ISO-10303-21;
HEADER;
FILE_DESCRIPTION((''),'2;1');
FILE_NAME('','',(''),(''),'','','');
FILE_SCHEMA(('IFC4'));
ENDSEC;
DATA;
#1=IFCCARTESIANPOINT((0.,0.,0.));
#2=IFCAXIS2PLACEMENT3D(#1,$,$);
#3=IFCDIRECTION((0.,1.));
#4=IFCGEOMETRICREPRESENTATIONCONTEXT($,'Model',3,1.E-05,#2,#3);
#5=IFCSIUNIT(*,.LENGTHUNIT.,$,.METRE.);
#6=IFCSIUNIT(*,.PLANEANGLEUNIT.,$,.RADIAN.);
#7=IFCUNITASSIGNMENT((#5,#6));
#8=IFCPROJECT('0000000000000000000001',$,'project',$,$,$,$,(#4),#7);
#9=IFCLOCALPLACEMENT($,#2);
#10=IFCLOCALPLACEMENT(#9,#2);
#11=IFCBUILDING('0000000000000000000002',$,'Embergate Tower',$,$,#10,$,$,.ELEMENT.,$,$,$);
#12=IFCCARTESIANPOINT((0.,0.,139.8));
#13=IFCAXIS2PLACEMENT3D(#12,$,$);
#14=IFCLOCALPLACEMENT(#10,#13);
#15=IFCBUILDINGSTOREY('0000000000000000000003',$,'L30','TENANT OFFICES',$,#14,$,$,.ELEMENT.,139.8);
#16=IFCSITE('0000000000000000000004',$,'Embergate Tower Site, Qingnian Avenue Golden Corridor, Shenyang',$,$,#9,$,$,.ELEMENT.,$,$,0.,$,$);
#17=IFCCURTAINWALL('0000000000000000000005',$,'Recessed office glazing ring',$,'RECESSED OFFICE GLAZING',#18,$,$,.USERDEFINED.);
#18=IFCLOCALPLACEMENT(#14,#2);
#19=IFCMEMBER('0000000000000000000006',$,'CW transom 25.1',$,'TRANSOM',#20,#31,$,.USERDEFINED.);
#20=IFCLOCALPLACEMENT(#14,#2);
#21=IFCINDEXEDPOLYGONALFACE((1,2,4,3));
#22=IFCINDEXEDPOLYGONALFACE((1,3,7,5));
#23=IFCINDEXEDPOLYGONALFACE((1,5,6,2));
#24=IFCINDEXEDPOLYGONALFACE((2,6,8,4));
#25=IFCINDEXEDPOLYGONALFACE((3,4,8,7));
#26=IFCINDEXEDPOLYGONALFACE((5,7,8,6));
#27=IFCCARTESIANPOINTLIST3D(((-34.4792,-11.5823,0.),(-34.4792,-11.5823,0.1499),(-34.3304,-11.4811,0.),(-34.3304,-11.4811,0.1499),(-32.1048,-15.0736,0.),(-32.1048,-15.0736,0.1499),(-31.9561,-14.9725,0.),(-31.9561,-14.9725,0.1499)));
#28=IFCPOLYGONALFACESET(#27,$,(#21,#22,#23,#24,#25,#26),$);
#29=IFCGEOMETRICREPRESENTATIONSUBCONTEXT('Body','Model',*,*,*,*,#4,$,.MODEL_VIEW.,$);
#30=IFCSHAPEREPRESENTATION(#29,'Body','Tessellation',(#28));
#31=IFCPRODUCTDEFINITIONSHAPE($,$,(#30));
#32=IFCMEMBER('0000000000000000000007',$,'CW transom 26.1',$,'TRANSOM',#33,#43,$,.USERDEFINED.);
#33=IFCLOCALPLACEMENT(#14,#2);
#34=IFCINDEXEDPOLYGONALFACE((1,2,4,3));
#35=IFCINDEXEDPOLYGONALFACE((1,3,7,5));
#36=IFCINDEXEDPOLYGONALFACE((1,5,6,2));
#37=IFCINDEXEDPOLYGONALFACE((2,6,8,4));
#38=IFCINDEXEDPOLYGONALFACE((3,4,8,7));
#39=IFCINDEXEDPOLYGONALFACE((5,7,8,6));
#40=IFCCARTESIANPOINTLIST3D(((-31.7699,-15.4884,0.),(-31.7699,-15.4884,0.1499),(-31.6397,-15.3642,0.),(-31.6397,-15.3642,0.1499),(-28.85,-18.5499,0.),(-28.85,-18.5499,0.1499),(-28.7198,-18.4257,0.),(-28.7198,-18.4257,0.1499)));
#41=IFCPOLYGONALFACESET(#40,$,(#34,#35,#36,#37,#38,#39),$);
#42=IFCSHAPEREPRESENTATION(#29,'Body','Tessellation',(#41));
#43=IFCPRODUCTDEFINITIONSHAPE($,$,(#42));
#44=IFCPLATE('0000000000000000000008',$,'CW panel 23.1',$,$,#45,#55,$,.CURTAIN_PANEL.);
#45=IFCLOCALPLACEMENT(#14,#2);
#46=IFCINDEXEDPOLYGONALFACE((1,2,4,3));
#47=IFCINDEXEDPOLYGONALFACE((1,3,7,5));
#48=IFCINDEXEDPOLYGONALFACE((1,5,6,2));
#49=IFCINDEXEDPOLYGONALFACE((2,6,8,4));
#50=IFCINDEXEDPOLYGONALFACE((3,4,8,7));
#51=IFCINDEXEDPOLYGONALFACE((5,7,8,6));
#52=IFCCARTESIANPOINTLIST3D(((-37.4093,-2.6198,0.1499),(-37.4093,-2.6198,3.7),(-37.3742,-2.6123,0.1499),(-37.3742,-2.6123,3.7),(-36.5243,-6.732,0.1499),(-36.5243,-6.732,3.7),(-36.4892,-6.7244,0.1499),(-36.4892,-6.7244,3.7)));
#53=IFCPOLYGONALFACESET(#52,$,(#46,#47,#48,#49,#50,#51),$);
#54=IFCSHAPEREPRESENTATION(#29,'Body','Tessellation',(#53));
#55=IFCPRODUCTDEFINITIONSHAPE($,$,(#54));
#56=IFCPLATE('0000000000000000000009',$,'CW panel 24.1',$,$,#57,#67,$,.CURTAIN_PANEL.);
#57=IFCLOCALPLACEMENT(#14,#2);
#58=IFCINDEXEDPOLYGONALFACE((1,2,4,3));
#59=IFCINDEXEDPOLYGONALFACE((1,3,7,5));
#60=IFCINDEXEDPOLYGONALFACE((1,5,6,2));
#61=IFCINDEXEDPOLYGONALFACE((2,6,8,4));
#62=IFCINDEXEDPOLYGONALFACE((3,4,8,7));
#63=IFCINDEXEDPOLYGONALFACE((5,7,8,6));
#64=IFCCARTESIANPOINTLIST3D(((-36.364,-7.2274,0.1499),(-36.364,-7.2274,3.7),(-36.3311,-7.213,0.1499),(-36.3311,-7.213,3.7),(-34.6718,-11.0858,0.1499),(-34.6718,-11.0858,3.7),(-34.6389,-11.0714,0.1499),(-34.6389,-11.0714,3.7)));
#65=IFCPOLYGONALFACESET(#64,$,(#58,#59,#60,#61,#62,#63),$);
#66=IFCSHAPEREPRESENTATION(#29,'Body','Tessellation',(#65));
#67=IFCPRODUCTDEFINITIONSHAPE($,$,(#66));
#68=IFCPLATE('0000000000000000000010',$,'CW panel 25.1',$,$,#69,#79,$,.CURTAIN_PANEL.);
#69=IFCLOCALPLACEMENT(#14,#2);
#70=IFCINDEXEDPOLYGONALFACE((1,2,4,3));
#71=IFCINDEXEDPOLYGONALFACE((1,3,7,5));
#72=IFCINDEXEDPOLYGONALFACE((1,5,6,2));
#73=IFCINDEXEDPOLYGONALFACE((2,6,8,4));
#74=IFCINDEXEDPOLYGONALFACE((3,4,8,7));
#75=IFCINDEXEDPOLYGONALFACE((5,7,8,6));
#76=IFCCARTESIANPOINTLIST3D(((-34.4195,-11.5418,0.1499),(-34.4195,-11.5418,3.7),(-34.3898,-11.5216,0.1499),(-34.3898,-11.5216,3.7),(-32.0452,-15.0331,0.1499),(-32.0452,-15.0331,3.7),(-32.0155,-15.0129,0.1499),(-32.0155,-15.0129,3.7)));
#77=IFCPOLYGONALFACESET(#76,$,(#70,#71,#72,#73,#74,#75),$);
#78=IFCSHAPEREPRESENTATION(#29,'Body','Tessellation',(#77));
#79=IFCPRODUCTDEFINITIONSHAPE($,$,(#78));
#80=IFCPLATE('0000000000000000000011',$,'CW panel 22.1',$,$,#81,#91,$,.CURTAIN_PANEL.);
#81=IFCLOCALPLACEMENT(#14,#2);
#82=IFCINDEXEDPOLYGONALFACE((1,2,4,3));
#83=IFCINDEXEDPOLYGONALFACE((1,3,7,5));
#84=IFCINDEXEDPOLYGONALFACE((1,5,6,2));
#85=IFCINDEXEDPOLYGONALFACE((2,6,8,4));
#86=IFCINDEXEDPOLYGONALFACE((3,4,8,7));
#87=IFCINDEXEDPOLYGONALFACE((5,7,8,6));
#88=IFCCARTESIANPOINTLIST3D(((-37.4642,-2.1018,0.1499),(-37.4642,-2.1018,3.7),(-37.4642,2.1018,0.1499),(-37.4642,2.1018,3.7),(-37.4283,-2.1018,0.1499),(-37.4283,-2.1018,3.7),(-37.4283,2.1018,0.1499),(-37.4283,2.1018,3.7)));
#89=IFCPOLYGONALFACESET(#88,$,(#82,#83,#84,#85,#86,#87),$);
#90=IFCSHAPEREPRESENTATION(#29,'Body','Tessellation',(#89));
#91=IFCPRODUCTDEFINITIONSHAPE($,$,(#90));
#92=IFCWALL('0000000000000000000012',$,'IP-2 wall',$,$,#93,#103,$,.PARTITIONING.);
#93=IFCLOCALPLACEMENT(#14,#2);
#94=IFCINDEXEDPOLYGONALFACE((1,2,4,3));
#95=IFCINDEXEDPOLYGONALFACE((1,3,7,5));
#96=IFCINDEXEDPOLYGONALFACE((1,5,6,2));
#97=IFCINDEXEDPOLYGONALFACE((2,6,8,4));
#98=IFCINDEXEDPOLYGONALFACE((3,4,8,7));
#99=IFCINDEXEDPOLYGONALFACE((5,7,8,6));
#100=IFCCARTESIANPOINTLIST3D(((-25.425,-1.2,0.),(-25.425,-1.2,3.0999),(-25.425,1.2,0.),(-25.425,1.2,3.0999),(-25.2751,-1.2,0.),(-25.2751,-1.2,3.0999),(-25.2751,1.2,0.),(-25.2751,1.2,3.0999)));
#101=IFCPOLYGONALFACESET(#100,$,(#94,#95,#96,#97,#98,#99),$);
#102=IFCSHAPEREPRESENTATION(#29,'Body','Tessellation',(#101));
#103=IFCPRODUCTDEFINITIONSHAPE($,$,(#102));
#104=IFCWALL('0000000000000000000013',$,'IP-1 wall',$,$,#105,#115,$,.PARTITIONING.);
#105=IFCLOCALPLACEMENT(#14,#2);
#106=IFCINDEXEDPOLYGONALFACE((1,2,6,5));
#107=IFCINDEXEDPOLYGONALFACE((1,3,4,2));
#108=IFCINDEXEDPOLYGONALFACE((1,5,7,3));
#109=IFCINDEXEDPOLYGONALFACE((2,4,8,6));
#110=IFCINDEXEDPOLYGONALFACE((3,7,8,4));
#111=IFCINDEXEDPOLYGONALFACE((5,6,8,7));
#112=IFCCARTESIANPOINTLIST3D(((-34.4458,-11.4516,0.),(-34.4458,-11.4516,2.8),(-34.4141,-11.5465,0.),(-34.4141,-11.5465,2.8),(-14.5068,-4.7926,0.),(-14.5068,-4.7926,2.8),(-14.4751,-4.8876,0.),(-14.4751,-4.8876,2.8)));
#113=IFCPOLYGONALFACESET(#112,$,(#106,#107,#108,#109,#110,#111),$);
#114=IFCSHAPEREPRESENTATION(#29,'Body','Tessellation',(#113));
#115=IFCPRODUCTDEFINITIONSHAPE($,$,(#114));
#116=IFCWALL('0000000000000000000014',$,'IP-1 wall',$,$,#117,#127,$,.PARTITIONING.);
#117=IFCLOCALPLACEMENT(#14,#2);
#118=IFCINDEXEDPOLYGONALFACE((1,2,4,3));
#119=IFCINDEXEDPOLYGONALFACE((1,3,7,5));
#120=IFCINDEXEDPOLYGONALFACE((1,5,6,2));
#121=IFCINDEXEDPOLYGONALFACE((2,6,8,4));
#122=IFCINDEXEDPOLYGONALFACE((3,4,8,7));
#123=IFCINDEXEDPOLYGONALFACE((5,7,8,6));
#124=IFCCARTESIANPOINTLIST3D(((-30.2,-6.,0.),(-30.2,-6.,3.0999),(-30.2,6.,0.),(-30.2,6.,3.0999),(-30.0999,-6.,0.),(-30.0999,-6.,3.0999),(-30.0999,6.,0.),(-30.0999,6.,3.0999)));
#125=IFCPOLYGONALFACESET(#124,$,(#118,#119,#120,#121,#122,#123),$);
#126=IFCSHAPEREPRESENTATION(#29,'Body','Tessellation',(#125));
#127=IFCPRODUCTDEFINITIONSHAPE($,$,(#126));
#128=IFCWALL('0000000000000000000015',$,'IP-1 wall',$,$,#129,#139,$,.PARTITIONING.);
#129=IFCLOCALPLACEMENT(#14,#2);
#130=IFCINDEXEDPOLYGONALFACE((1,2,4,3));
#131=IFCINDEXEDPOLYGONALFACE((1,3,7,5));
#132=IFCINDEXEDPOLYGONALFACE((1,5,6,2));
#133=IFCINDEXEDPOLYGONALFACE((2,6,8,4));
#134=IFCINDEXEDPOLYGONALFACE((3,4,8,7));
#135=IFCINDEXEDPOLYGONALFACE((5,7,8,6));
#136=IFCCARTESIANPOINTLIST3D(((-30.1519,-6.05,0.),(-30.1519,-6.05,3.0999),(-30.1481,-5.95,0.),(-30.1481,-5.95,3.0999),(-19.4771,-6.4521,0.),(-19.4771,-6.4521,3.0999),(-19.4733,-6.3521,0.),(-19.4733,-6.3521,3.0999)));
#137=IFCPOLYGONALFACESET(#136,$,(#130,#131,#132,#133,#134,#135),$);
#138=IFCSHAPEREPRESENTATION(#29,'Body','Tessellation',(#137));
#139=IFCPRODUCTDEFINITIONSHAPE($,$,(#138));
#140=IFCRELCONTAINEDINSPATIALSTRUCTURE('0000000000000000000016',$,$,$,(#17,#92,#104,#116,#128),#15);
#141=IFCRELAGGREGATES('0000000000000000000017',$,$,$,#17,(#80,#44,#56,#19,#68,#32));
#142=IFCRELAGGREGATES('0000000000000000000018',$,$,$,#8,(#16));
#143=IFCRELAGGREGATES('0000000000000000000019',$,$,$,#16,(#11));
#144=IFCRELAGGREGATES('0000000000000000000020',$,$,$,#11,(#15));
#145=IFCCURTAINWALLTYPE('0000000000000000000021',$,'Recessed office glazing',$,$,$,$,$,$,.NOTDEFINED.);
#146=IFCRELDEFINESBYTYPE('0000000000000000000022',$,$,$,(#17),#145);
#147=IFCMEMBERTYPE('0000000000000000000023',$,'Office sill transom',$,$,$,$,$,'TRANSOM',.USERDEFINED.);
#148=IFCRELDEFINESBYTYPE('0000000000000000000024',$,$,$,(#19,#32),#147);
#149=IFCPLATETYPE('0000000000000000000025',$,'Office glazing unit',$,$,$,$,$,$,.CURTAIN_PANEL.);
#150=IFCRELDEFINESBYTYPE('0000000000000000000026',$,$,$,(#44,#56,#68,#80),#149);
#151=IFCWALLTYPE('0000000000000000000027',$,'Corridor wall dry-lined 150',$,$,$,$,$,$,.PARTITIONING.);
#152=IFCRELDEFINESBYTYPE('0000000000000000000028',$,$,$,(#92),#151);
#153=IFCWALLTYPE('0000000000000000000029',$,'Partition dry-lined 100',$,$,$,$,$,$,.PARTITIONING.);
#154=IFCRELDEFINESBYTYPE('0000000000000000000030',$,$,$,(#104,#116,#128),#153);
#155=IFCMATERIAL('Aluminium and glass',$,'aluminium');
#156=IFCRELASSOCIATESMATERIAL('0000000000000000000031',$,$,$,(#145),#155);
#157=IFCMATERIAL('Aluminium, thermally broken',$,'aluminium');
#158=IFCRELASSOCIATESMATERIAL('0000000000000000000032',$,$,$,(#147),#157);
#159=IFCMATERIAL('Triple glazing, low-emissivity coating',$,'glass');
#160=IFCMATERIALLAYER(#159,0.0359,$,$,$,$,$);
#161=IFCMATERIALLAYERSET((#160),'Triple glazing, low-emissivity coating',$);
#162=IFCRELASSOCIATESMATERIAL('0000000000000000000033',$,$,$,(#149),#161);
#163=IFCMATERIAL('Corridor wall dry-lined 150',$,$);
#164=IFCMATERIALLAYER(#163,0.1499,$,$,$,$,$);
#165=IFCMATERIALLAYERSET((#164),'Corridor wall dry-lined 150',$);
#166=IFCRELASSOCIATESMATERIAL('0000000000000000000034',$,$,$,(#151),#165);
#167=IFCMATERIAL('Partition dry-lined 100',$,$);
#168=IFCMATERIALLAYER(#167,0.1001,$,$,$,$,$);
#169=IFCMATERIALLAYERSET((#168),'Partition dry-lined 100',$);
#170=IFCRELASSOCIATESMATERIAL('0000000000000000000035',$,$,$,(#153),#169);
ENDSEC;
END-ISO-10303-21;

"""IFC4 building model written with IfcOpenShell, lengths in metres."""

from ifc_helpers import new_model, si_unit, direction, frame, frame_2d, origin, origin_2d, place, context, subcontext, project, spatial, rectangle, extrude, source, transform, mapped, material, layer, layer_set, material_profile, profile_set, type_object, element, aggregate, save


model = new_model("IFC4")

# Units and contexts
model_context = context("Model", 3, precision=1e-05, world=origin(), true_north=direction((0.0, 1.0)))
body_context = subcontext(model_context, "Body", "Model", "MODEL_VIEW")
ifc_project = project(units=[si_unit("LENGTHUNIT", "METRE"), si_unit("PLANEANGLEUNIT", "RADIAN")], contexts=[model_context])

# Site, building, storey
site_placement = place(None, origin())
site = spatial("IfcSite", under=ifc_project, at=site_placement, Name="Embergate Tower Site, Qingnian Avenue Golden Corridor, Shenyang", CompositionType="ELEMENT", RefElevation=0.0)
building_placement = place(site_placement, origin())
building = spatial("IfcBuilding", under=site, at=building_placement, Name="Embergate Tower", CompositionType="ELEMENT")
storey_placement = place(building_placement, frame((0.0, 0.0, 139.8)))
storey = spatial("IfcBuildingStorey", under=building, at=storey_placement, Name="L30", Description="TENANT OFFICES", CompositionType="ELEMENT", Elevation=139.8)

# Curtain wall, members, plates
ifc_material_1 = material(Name="Aluminium and glass", Category="aluminium")
curtain_wall_type = type_object("IfcCurtainWallType", Name="Recessed office glazing", PredefinedType="NOTDEFINED", material=ifc_material_1)
curtain_wall_placement = place(storey_placement, origin())
curtain_wall = element("IfcCurtainWall", 1, at=curtain_wall_placement, inside=storey, type_object=curtain_wall_type, Name="Recessed office glazing ring", ObjectType="RECESSED OFFICE GLAZING", PredefinedType="USERDEFINED")
ifc_material_2 = material(Name="Aluminium, thermally broken", Category="aluminium")
ifc_material_profile_1 = material_profile(ifc_material_2, rectangle(XDim=0.1799, YDim=0.1499, at=origin_2d()), Name="AL 150x180")
ifc_profile_set_1 = profile_set([ifc_material_profile_1], Name="Aluminium, thermally broken")
member_type_1 = type_object("IfcMemberType", Name="Office sill transom", ElementType="TRANSOM", PredefinedType="USERDEFINED", material=ifc_profile_set_1)
shared_shape_1 = source(origin(), body_context, "Body", "SweptSolid", [
    extrude(rectangle(XDim=0.1799, YDim=0.1499, at=origin_2d()), origin(), (0.0, 0.0, 1.0), 4.2222),
])
member_1_placement = place(storey_placement, frame((-34.4048, -11.5317, 0.075), z_axis=(0.56235, -0.8269, 0.0), x_axis=(0.8269, 0.56235, 0.0)))
member_1 = element("IfcMember", 2, at=member_1_placement, type_object=member_type_1, Name="CW transom 25.1", ObjectType="TRANSOM", PredefinedType="USERDEFINED", context=body_context, shape_type="MappedRepresentation", body=[
    mapped(shared_shape_1, transform((0.0, 0.0, 0.0))),
])
shared_shape_2 = source(origin(), body_context, "Body", "SweptSolid", [
    extrude(rectangle(XDim=0.1799, YDim=0.1499, at=origin_2d()), origin(), (0.0, 0.0, 1.0), 4.2307),
])
member_2_placement = place(storey_placement, frame((-31.7048, -15.4263, 0.075), z_axis=(0.690174, -0.723644, 0.0), x_axis=(0.723644, 0.690174, 0.0)))
member_2 = element("IfcMember", 3, at=member_2_placement, type_object=member_type_1, Name="CW transom 26.1", ObjectType="TRANSOM", PredefinedType="USERDEFINED", context=body_context, shape_type="MappedRepresentation", body=[
    mapped(shared_shape_2, transform((0.0, 0.0, 0.0))),
])
ifc_material_3 = material(Name="Triple glazing, low-emissivity coating", Category="glass")
ifc_layer_1 = layer(ifc_material_3, 0.0359)
ifc_layer_set_1 = layer_set([ifc_layer_1], Name="Triple glazing, low-emissivity coating")
plate_type = type_object("IfcPlateType", Name="Office glazing unit", PredefinedType="CURTAIN_PANEL", material=ifc_layer_set_1)
shared_shape_3 = source(origin(), body_context, "Body", "SweptSolid", [
    extrude(rectangle(XDim=4.2063, YDim=0.0359, at=origin_2d()), origin(), (0.0, 0.0, 1.0), 3.55),
])
plate_1_placement = place(storey_placement, frame((-36.9492, -4.6721, 0.1499), z_axis=(0.0, 0.0, 1.0), x_axis=(0.210398, -0.977616, 0.0)))
plate_1 = element("IfcPlate", 4, at=plate_1_placement, type_object=plate_type, Name="CW panel 23.1", PredefinedType="CURTAIN_PANEL", context=body_context, shape_type="MappedRepresentation", body=[
    mapped(shared_shape_3, transform((0.0, 0.0, 0.0))),
])
shared_shape_4 = source(origin(), body_context, "Body", "SweptSolid", [
    extrude(rectangle(XDim=4.2131, YDim=0.0359, at=origin_2d()), origin(), (0.0, 0.0, 1.0), 3.55),
])
plate_2_placement = place(storey_placement, frame((-35.5015, -9.1494, 0.1499), z_axis=(0.0, 0.0, 1.0), x_axis=(0.401655, -0.915791, 0.0)))
plate_2 = element("IfcPlate", 5, at=plate_2_placement, type_object=plate_type, Name="CW panel 24.1", PredefinedType="CURTAIN_PANEL", context=body_context, shape_type="MappedRepresentation", body=[
    mapped(shared_shape_4, transform((0.0, 0.0, 0.0))),
])
shared_shape_5 = source(origin(), body_context, "Body", "SweptSolid", [
    extrude(rectangle(XDim=4.2222, YDim=0.0359, at=origin_2d()), origin(), (0.0, 0.0, 1.0), 3.55),
])
plate_3_placement = place(storey_placement, frame((-33.2175, -13.2773, 0.1499), z_axis=(0.0, 0.0, 1.0), x_axis=(0.562345, -0.826903, 0.0)))
plate_3 = element("IfcPlate", 6, at=plate_3_placement, type_object=plate_type, Name="CW panel 25.1", PredefinedType="CURTAIN_PANEL", context=body_context, shape_type="MappedRepresentation", body=[
    mapped(shared_shape_5, transform((0.0, 0.0, 0.0))),
])
shared_shape_6 = source(origin(), body_context, "Body", "SweptSolid", [
    extrude(rectangle(XDim=4.2036, YDim=0.0359, at=origin_2d()), origin(), (0.0, 0.0, 1.0), 3.55),
])
plate_4_placement = place(storey_placement, frame((-37.4463, 0.0, 0.1499), z_axis=(0.0, 0.0, 1.0), x_axis=(0.0, -1.0, 0.0)))
plate_4 = element("IfcPlate", 7, at=plate_4_placement, type_object=plate_type, Name="CW panel 22.1", PredefinedType="CURTAIN_PANEL", context=body_context, shape_type="MappedRepresentation", body=[
    mapped(shared_shape_6, transform((0.0, 0.0, 0.0))),
])
aggregate(curtain_wall, [plate_4, plate_1, plate_2, member_1, plate_3, member_2])

# Walls
ifc_material_4 = material(Name="Corridor wall dry-lined 150")
ifc_layer_2 = layer(ifc_material_4, 0.1499)
ifc_layer_set_2 = layer_set([ifc_layer_2], Name="Corridor wall dry-lined 150")
wall_type_1 = type_object("IfcWallType", Name="Corridor wall dry-lined 150", PredefinedType="PARTITIONING", material=ifc_layer_set_2)
shared_shape_7 = source(origin(), body_context, "Body", "SweptSolid", [
    extrude(rectangle(XDim=2.3999, YDim=0.1499, at=frame_2d((1.2, 0.0))), origin(), (0.0, 0.0, 1.0), 3.0999),
])
wall_1_placement = place(storey_placement, frame((-25.3501, -1.2, 0.0), z_axis=(0.0, 0.0, 1.0), x_axis=(0.0, 1.0, 0.0)))
element("IfcWall", 8, at=wall_1_placement, inside=storey, type_object=wall_type_1, Name="IP-2 wall", PredefinedType="PARTITIONING", context=body_context, shape_type="MappedRepresentation", body=[
    mapped(shared_shape_7, transform((0.0, 0.0, 0.0))),
])
ifc_material_5 = material(Name="Partition dry-lined 100")
ifc_layer_3 = layer(ifc_material_5, 0.1001)
ifc_layer_set_3 = layer_set([ifc_layer_3], Name="Partition dry-lined 100")
wall_type_2 = type_object("IfcWallType", Name="Partition dry-lined 100", PredefinedType="PARTITIONING", material=ifc_layer_set_3)
shared_shape_8 = source(origin(), body_context, "Body", "SweptSolid", [
    extrude(rectangle(XDim=21.0215, YDim=0.1001, at=frame_2d((10.5107, 0.0))), origin(), (0.0, 0.0, 1.0), 2.8),
])
wall_2_placement = place(storey_placement, frame((-34.4299, -11.499, 0.0), z_axis=(0.0, 0.0, 1.0), x_axis=(0.948503, 0.316768, 0.0)))
element("IfcWall", 9, at=wall_2_placement, inside=storey, type_object=wall_type_2, Name="IP-1 wall", PredefinedType="PARTITIONING", context=body_context, shape_type="MappedRepresentation", body=[
    mapped(shared_shape_8, transform((0.0, 0.0, 0.0))),
])
shared_shape_9 = source(origin(), body_context, "Body", "SweptSolid", [
    extrude(rectangle(XDim=12.0, YDim=0.1001, at=frame_2d((6.0, 0.0))), origin(), (0.0, 0.0, 1.0), 3.0999),
])
wall_3_placement = place(storey_placement, frame((-30.1499, -6.0, 0.0), z_axis=(0.0, 0.0, 1.0), x_axis=(0.0, 1.0, 0.0)))
element("IfcWall", 10, at=wall_3_placement, inside=storey, type_object=wall_type_2, Name="IP-1 wall", PredefinedType="PARTITIONING", context=body_context, shape_type="MappedRepresentation", body=[
    mapped(shared_shape_9, transform((0.0, 0.0, 0.0))),
])
shared_shape_10 = source(origin(), body_context, "Body", "SweptSolid", [
    extrude(rectangle(XDim=10.6824, YDim=0.1001, at=frame_2d((5.3413, 0.0))), origin(), (0.0, 0.0, 1.0), 3.0999),
])
wall_4_placement = place(storey_placement, frame((-19.4751, -6.4021, 0.0), z_axis=(0.0, 0.0, 1.0), x_axis=(-0.999291, 0.037641, 0.0)))
element("IfcWall", 11, at=wall_4_placement, inside=storey, type_object=wall_type_2, Name="IP-1 wall", PredefinedType="PARTITIONING", context=body_context, shape_type="MappedRepresentation", body=[
    mapped(shared_shape_10, transform((0.0, 0.0, 0.0))),
])

save(model, "model.ifc")
